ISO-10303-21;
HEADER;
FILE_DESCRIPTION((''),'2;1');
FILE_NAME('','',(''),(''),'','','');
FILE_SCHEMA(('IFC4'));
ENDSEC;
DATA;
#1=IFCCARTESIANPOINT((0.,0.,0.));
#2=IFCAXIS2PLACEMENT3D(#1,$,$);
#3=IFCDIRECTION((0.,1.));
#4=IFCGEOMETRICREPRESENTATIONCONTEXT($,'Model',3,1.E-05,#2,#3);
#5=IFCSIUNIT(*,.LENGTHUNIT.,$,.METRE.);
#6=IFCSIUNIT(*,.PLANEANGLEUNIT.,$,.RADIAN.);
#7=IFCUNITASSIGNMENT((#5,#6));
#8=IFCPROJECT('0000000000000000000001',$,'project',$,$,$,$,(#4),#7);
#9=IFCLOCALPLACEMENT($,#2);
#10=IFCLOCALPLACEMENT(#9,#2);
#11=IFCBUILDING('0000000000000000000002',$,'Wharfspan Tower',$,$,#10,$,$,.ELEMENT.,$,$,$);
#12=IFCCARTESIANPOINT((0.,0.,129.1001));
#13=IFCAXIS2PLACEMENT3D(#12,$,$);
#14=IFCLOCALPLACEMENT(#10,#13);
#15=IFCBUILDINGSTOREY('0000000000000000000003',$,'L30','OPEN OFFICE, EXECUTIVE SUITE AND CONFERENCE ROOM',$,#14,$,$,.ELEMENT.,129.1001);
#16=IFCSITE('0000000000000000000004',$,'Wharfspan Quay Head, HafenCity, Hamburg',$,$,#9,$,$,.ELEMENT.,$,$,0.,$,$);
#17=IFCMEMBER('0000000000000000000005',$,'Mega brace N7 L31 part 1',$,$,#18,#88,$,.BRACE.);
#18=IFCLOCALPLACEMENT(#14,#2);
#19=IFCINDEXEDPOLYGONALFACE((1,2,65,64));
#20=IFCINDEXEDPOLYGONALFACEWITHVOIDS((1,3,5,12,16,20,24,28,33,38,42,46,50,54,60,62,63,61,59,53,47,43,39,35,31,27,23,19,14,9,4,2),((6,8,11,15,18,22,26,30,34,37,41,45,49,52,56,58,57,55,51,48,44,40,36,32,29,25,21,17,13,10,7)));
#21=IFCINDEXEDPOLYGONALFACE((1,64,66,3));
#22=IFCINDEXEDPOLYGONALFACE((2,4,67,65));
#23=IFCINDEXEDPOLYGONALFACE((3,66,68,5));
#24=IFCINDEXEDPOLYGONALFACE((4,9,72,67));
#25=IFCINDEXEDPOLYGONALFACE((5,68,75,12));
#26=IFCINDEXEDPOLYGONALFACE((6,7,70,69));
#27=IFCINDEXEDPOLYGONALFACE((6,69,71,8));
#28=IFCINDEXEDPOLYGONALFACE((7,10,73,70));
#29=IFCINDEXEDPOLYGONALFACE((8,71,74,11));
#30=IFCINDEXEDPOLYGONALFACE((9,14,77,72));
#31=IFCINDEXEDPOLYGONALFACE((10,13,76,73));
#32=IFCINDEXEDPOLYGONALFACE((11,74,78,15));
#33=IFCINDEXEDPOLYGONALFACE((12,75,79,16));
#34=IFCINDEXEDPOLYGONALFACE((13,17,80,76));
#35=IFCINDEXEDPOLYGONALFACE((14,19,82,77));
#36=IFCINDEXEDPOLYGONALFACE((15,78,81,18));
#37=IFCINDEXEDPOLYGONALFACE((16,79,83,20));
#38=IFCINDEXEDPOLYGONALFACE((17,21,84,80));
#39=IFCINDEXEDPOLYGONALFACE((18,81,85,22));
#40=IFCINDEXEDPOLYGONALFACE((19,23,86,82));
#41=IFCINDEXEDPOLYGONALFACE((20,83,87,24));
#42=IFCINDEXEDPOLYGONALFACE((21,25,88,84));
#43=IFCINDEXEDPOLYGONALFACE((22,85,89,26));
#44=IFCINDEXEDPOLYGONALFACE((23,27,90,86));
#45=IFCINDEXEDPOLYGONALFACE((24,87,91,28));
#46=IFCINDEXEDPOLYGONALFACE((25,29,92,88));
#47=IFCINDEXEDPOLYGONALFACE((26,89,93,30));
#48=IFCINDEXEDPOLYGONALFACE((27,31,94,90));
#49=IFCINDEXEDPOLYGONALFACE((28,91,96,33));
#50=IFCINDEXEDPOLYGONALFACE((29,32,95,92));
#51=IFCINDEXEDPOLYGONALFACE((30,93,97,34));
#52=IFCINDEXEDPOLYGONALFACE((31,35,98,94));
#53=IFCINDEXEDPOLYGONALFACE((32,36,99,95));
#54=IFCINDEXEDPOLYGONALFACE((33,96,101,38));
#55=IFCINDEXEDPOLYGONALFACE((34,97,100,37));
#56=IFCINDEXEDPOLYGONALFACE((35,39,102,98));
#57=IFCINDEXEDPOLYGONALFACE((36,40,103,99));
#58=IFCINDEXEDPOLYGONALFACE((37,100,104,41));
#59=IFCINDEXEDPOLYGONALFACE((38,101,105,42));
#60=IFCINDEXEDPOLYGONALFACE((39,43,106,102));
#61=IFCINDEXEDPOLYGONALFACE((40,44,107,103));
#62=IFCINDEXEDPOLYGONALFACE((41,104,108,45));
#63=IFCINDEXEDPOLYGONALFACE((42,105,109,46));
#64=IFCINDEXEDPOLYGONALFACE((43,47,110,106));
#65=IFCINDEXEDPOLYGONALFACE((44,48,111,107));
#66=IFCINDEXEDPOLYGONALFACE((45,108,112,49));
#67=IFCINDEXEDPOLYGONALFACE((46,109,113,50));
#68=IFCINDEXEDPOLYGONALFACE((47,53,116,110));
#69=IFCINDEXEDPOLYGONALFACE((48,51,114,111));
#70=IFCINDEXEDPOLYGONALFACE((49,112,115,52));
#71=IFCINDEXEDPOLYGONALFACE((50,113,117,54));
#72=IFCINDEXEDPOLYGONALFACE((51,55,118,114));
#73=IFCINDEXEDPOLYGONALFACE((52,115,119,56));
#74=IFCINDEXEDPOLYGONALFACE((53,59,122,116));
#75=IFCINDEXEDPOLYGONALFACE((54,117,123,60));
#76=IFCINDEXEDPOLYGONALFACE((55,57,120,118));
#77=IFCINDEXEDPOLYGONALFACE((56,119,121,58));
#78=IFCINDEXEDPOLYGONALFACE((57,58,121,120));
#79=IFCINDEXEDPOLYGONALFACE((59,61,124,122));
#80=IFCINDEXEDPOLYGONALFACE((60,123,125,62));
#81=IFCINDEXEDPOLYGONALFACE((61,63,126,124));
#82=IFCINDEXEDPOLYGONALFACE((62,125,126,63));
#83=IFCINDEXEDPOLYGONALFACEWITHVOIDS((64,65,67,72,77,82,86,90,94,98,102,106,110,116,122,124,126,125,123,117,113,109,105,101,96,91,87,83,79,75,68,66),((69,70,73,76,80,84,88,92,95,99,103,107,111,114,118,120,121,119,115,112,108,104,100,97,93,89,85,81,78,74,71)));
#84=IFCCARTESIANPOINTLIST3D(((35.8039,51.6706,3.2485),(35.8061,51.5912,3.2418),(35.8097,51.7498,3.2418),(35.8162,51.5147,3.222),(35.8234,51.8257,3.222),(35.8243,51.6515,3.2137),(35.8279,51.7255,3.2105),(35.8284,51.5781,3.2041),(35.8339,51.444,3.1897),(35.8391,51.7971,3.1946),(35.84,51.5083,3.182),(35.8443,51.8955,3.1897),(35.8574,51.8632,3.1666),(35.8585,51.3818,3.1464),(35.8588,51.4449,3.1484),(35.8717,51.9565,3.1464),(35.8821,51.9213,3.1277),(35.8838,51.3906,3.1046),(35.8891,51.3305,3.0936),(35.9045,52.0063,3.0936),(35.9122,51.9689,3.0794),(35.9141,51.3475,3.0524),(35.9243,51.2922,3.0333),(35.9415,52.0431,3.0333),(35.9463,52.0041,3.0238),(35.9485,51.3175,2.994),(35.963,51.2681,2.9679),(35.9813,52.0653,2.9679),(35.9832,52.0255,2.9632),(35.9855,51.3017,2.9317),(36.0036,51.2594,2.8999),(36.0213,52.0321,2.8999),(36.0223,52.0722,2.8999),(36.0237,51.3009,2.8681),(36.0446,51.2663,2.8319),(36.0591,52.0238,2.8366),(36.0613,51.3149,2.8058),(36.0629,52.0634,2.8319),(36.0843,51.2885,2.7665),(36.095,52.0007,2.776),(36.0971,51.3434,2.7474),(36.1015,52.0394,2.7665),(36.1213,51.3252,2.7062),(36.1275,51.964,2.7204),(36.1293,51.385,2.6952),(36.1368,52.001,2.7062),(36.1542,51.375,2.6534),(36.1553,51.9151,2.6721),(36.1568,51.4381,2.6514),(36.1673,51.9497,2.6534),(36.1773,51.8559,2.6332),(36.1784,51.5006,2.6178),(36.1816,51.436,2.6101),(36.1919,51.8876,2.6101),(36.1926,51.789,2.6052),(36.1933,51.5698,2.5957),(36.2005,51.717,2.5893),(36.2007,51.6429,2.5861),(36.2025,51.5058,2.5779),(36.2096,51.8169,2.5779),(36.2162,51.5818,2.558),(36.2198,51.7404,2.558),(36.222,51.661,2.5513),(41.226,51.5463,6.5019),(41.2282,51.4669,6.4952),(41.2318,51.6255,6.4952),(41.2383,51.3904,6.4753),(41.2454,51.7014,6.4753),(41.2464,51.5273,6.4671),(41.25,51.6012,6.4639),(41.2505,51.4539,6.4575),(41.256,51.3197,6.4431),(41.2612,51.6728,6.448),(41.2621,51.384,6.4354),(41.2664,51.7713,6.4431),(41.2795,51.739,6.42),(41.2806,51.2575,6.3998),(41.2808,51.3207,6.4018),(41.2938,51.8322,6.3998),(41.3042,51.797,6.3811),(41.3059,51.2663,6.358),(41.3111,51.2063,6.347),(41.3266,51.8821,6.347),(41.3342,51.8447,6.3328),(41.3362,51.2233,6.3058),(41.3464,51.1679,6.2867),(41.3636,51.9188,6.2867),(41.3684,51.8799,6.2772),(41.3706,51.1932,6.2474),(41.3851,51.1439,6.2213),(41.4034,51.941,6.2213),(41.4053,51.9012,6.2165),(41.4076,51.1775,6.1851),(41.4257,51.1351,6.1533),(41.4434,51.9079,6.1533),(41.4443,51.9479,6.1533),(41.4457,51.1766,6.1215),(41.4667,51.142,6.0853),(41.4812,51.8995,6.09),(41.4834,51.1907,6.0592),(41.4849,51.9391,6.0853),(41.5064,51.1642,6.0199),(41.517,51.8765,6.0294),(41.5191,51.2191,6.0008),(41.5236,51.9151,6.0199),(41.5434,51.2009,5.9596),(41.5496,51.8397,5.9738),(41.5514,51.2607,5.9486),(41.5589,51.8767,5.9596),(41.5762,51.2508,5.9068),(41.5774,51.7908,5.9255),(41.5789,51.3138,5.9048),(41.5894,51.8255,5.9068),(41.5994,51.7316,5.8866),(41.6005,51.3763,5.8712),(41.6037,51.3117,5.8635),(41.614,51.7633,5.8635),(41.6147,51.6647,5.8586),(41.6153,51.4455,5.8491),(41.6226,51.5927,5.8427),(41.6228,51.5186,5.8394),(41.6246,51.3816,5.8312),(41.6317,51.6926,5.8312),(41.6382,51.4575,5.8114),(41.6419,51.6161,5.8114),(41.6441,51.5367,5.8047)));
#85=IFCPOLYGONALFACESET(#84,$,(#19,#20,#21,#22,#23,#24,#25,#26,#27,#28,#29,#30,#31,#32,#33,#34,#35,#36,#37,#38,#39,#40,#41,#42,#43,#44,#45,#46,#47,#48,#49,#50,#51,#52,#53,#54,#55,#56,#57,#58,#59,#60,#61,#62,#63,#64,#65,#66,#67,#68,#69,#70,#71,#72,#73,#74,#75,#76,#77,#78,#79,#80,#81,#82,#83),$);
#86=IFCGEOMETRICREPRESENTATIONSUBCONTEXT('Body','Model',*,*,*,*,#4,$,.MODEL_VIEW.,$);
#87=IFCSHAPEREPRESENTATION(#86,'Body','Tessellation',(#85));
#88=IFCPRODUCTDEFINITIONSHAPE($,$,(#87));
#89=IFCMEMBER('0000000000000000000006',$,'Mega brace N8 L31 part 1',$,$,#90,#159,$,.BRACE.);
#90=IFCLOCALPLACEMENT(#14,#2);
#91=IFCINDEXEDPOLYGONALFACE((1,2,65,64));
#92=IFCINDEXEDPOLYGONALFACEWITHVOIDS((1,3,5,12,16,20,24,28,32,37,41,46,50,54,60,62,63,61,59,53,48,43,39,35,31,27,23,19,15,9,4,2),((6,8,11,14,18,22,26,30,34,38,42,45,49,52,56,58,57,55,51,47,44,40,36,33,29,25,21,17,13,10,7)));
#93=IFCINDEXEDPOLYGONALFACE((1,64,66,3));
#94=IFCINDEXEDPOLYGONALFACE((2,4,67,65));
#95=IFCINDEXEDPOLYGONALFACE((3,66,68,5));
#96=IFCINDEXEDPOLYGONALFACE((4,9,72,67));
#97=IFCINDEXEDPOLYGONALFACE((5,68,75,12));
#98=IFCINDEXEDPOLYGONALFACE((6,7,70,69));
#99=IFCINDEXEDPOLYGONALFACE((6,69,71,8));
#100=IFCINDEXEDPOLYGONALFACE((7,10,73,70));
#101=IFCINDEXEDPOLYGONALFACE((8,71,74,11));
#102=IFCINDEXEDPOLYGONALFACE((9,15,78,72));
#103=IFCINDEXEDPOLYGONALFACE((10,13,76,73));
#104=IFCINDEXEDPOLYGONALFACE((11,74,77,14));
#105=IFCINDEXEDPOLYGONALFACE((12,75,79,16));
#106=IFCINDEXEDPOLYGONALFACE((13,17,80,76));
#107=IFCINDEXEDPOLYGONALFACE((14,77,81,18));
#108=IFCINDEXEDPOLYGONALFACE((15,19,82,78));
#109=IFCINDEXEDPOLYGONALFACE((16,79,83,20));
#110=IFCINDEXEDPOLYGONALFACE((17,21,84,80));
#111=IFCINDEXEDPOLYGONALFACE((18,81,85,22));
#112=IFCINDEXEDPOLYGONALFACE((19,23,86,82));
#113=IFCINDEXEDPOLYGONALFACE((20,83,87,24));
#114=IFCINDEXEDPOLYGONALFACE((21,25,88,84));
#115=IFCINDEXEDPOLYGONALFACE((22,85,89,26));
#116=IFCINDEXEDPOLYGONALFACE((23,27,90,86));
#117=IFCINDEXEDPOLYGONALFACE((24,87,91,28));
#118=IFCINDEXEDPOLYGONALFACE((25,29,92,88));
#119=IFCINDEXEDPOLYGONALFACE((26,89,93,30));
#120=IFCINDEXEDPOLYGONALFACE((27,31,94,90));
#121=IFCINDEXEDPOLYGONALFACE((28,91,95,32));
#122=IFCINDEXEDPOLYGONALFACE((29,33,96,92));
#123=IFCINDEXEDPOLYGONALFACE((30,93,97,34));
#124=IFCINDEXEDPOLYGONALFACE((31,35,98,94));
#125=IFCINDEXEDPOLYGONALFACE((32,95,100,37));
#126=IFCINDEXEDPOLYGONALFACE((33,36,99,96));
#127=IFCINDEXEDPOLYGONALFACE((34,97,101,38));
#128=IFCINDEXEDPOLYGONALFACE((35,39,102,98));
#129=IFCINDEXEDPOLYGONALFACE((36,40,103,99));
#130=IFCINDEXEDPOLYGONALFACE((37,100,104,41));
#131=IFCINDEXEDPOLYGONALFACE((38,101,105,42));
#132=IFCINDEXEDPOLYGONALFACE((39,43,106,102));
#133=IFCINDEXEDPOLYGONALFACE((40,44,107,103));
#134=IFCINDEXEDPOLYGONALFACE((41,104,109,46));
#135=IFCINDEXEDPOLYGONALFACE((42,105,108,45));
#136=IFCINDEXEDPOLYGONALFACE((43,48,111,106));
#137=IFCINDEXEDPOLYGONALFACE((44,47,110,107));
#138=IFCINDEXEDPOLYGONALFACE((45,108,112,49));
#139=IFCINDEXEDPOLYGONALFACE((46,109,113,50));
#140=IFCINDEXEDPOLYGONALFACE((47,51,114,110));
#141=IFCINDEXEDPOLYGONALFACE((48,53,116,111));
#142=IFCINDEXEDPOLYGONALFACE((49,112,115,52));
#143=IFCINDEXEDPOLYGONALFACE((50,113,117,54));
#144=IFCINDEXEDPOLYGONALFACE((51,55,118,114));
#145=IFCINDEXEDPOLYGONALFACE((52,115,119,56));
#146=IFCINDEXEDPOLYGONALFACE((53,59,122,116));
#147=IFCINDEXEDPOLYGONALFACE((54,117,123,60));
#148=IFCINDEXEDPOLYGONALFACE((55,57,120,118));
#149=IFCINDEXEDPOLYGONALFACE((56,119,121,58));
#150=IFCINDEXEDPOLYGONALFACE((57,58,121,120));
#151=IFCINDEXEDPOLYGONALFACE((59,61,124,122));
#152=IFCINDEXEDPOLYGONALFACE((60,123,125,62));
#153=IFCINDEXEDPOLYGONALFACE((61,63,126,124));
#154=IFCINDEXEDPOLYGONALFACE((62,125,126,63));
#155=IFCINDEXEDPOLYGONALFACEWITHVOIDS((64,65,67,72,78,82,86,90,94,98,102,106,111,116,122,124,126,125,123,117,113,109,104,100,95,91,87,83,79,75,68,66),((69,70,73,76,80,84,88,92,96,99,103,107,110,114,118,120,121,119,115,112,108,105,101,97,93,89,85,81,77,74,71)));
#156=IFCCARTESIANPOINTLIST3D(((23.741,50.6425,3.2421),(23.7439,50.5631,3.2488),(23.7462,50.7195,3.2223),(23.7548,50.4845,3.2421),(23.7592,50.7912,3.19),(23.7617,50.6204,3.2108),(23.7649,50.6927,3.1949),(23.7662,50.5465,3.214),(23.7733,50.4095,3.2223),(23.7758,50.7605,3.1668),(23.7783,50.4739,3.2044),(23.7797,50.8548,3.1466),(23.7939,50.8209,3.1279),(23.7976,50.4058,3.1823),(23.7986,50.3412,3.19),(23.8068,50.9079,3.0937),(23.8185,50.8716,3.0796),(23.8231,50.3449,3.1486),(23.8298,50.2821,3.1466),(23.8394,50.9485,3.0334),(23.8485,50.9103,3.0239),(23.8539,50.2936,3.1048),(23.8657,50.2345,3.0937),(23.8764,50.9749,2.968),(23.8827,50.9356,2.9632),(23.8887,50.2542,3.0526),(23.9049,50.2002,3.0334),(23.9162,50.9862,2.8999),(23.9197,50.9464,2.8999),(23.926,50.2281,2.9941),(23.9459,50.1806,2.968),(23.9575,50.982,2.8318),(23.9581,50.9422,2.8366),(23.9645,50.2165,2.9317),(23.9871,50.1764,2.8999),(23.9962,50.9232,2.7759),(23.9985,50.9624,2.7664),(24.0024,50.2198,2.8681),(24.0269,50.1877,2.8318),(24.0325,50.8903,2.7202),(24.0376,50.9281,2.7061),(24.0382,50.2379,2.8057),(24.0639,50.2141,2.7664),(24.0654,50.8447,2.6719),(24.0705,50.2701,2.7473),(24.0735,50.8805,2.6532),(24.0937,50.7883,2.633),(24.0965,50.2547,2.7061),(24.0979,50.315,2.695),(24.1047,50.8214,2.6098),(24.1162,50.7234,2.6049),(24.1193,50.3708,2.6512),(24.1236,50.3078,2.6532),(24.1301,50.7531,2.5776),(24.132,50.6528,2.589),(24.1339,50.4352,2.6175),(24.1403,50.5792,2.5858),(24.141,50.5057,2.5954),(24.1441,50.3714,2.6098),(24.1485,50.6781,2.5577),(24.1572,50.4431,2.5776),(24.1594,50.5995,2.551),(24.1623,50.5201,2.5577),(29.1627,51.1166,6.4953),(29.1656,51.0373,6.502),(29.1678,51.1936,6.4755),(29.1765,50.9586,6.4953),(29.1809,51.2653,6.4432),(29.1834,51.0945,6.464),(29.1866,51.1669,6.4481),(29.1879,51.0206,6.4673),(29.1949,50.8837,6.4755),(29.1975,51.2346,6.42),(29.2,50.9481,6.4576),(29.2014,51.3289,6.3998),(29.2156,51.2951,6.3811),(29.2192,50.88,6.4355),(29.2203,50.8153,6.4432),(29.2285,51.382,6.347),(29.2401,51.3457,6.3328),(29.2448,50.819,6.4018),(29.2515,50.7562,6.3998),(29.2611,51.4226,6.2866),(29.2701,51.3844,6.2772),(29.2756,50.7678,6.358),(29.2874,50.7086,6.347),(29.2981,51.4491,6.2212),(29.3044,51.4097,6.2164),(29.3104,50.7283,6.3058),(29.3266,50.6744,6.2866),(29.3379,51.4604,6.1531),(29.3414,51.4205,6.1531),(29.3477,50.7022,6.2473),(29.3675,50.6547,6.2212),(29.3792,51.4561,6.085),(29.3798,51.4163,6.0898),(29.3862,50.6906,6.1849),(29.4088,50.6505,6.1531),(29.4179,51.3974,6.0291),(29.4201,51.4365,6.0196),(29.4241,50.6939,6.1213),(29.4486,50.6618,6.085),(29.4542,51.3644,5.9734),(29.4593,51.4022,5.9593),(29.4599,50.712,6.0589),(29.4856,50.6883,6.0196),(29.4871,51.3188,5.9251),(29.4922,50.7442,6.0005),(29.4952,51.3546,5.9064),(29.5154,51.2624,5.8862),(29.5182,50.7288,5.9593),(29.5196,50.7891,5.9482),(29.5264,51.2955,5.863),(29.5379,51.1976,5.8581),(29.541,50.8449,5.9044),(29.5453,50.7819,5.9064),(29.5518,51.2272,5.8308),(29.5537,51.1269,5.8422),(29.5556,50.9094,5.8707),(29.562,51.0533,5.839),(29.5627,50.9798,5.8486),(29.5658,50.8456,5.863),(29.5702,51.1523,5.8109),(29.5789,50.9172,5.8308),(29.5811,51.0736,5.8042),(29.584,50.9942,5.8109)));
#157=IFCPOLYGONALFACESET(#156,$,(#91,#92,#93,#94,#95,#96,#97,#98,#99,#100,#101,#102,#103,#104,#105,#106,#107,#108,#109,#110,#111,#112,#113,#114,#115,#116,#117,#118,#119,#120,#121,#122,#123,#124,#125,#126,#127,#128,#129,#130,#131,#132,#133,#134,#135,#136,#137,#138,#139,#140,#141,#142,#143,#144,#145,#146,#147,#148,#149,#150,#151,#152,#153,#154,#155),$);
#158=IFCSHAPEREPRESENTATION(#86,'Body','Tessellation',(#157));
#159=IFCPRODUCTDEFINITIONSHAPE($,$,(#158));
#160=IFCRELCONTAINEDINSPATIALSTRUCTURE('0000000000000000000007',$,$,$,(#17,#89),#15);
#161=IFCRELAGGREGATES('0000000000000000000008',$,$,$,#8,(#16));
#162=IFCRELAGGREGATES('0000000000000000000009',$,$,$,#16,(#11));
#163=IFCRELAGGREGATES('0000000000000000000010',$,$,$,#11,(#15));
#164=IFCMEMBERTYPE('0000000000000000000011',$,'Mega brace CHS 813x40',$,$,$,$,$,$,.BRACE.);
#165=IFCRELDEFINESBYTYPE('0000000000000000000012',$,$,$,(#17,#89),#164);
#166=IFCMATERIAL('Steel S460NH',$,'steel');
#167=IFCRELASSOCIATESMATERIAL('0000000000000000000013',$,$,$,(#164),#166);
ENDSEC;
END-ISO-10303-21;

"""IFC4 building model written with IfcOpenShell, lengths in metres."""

from ifc_helpers import new_model, si_unit, direction, frame, origin, origin_2d, place, context, subcontext, project, spatial, hollow_circle, extrude, material, material_profile, profile_set, type_object, element, save


model = new_model("IFC4")

# Units and contexts
model_context = context("Model", 3, precision=1e-05, world=origin(), true_north=direction((0.0, 1.0)))
body_context = subcontext(model_context, "Body", "Model", "MODEL_VIEW")
ifc_project = project(units=[si_unit("LENGTHUNIT", "METRE"), si_unit("PLANEANGLEUNIT", "RADIAN")], contexts=[model_context])

# Site, building, storey
site_placement = place(None, origin())
site = spatial("IfcSite", under=ifc_project, at=site_placement, Name="Wharfspan Quay Head, HafenCity, Hamburg", CompositionType="ELEMENT", RefElevation=0.0)
building_placement = place(site_placement, origin())
building = spatial("IfcBuilding", under=site, at=building_placement, Name="Wharfspan Tower", CompositionType="ELEMENT")
storey_placement = place(building_placement, frame((0.0, 0.0, 129.1001)))
storey = spatial("IfcBuildingStorey", under=building, at=storey_placement, Name="L30", Description="OPEN OFFICE, EXECUTIVE SUITE AND CONFERENCE ROOM", CompositionType="ELEMENT", Elevation=129.1001)

# Members
ifc_material_1 = material(Name="Steel S460NH", Category="steel")
ifc_material_profile_1 = material_profile(ifc_material_1, hollow_circle(Radius=0.4065, WallThickness=0.04, at=origin_2d()))
ifc_profile_set_1 = profile_set([ifc_material_profile_1], Name="Steel S460NH")
member_type = type_object("IfcMemberType", Name="Mega brace CHS 813x40", PredefinedType="BRACE", material=ifc_profile_set_1)
member_1_placement = place(storey_placement, frame((36.0129, 51.6658, 2.8999), z_axis=(0.857317, -0.019649, 0.514413), x_axis=(0.022912, 0.999739, 0.000002)))
element("IfcMember", 1, at=member_1_placement, inside=storey, type_object=member_type, Name="Mega brace N7 L31 part 1", PredefinedType="BRACE", context=body_context, shape_type="SweptSolid", body=[
    extrude(hollow_circle(Radius=0.4065, WallThickness=0.04, at=origin_2d()), origin(), (0.0, 0.0, 1.0), 6.3245),
])
member_2_placement = place(storey_placement, frame((23.9517, 50.5813, 2.8999), z_axis=(0.855079, 0.074777, 0.513078), x_axis=(-0.087118, 0.996199, 0.0)))
element("IfcMember", 2, at=member_2_placement, inside=storey, type_object=member_type, Name="Mega brace N8 L31 part 1", PredefinedType="BRACE", context=body_context, shape_type="SweptSolid", body=[
    extrude(hollow_circle(Radius=0.4065, WallThickness=0.04, at=origin_2d()), origin(), (0.0, 0.0, 1.0), 6.3406),
])

save(model, "model.ifc")
